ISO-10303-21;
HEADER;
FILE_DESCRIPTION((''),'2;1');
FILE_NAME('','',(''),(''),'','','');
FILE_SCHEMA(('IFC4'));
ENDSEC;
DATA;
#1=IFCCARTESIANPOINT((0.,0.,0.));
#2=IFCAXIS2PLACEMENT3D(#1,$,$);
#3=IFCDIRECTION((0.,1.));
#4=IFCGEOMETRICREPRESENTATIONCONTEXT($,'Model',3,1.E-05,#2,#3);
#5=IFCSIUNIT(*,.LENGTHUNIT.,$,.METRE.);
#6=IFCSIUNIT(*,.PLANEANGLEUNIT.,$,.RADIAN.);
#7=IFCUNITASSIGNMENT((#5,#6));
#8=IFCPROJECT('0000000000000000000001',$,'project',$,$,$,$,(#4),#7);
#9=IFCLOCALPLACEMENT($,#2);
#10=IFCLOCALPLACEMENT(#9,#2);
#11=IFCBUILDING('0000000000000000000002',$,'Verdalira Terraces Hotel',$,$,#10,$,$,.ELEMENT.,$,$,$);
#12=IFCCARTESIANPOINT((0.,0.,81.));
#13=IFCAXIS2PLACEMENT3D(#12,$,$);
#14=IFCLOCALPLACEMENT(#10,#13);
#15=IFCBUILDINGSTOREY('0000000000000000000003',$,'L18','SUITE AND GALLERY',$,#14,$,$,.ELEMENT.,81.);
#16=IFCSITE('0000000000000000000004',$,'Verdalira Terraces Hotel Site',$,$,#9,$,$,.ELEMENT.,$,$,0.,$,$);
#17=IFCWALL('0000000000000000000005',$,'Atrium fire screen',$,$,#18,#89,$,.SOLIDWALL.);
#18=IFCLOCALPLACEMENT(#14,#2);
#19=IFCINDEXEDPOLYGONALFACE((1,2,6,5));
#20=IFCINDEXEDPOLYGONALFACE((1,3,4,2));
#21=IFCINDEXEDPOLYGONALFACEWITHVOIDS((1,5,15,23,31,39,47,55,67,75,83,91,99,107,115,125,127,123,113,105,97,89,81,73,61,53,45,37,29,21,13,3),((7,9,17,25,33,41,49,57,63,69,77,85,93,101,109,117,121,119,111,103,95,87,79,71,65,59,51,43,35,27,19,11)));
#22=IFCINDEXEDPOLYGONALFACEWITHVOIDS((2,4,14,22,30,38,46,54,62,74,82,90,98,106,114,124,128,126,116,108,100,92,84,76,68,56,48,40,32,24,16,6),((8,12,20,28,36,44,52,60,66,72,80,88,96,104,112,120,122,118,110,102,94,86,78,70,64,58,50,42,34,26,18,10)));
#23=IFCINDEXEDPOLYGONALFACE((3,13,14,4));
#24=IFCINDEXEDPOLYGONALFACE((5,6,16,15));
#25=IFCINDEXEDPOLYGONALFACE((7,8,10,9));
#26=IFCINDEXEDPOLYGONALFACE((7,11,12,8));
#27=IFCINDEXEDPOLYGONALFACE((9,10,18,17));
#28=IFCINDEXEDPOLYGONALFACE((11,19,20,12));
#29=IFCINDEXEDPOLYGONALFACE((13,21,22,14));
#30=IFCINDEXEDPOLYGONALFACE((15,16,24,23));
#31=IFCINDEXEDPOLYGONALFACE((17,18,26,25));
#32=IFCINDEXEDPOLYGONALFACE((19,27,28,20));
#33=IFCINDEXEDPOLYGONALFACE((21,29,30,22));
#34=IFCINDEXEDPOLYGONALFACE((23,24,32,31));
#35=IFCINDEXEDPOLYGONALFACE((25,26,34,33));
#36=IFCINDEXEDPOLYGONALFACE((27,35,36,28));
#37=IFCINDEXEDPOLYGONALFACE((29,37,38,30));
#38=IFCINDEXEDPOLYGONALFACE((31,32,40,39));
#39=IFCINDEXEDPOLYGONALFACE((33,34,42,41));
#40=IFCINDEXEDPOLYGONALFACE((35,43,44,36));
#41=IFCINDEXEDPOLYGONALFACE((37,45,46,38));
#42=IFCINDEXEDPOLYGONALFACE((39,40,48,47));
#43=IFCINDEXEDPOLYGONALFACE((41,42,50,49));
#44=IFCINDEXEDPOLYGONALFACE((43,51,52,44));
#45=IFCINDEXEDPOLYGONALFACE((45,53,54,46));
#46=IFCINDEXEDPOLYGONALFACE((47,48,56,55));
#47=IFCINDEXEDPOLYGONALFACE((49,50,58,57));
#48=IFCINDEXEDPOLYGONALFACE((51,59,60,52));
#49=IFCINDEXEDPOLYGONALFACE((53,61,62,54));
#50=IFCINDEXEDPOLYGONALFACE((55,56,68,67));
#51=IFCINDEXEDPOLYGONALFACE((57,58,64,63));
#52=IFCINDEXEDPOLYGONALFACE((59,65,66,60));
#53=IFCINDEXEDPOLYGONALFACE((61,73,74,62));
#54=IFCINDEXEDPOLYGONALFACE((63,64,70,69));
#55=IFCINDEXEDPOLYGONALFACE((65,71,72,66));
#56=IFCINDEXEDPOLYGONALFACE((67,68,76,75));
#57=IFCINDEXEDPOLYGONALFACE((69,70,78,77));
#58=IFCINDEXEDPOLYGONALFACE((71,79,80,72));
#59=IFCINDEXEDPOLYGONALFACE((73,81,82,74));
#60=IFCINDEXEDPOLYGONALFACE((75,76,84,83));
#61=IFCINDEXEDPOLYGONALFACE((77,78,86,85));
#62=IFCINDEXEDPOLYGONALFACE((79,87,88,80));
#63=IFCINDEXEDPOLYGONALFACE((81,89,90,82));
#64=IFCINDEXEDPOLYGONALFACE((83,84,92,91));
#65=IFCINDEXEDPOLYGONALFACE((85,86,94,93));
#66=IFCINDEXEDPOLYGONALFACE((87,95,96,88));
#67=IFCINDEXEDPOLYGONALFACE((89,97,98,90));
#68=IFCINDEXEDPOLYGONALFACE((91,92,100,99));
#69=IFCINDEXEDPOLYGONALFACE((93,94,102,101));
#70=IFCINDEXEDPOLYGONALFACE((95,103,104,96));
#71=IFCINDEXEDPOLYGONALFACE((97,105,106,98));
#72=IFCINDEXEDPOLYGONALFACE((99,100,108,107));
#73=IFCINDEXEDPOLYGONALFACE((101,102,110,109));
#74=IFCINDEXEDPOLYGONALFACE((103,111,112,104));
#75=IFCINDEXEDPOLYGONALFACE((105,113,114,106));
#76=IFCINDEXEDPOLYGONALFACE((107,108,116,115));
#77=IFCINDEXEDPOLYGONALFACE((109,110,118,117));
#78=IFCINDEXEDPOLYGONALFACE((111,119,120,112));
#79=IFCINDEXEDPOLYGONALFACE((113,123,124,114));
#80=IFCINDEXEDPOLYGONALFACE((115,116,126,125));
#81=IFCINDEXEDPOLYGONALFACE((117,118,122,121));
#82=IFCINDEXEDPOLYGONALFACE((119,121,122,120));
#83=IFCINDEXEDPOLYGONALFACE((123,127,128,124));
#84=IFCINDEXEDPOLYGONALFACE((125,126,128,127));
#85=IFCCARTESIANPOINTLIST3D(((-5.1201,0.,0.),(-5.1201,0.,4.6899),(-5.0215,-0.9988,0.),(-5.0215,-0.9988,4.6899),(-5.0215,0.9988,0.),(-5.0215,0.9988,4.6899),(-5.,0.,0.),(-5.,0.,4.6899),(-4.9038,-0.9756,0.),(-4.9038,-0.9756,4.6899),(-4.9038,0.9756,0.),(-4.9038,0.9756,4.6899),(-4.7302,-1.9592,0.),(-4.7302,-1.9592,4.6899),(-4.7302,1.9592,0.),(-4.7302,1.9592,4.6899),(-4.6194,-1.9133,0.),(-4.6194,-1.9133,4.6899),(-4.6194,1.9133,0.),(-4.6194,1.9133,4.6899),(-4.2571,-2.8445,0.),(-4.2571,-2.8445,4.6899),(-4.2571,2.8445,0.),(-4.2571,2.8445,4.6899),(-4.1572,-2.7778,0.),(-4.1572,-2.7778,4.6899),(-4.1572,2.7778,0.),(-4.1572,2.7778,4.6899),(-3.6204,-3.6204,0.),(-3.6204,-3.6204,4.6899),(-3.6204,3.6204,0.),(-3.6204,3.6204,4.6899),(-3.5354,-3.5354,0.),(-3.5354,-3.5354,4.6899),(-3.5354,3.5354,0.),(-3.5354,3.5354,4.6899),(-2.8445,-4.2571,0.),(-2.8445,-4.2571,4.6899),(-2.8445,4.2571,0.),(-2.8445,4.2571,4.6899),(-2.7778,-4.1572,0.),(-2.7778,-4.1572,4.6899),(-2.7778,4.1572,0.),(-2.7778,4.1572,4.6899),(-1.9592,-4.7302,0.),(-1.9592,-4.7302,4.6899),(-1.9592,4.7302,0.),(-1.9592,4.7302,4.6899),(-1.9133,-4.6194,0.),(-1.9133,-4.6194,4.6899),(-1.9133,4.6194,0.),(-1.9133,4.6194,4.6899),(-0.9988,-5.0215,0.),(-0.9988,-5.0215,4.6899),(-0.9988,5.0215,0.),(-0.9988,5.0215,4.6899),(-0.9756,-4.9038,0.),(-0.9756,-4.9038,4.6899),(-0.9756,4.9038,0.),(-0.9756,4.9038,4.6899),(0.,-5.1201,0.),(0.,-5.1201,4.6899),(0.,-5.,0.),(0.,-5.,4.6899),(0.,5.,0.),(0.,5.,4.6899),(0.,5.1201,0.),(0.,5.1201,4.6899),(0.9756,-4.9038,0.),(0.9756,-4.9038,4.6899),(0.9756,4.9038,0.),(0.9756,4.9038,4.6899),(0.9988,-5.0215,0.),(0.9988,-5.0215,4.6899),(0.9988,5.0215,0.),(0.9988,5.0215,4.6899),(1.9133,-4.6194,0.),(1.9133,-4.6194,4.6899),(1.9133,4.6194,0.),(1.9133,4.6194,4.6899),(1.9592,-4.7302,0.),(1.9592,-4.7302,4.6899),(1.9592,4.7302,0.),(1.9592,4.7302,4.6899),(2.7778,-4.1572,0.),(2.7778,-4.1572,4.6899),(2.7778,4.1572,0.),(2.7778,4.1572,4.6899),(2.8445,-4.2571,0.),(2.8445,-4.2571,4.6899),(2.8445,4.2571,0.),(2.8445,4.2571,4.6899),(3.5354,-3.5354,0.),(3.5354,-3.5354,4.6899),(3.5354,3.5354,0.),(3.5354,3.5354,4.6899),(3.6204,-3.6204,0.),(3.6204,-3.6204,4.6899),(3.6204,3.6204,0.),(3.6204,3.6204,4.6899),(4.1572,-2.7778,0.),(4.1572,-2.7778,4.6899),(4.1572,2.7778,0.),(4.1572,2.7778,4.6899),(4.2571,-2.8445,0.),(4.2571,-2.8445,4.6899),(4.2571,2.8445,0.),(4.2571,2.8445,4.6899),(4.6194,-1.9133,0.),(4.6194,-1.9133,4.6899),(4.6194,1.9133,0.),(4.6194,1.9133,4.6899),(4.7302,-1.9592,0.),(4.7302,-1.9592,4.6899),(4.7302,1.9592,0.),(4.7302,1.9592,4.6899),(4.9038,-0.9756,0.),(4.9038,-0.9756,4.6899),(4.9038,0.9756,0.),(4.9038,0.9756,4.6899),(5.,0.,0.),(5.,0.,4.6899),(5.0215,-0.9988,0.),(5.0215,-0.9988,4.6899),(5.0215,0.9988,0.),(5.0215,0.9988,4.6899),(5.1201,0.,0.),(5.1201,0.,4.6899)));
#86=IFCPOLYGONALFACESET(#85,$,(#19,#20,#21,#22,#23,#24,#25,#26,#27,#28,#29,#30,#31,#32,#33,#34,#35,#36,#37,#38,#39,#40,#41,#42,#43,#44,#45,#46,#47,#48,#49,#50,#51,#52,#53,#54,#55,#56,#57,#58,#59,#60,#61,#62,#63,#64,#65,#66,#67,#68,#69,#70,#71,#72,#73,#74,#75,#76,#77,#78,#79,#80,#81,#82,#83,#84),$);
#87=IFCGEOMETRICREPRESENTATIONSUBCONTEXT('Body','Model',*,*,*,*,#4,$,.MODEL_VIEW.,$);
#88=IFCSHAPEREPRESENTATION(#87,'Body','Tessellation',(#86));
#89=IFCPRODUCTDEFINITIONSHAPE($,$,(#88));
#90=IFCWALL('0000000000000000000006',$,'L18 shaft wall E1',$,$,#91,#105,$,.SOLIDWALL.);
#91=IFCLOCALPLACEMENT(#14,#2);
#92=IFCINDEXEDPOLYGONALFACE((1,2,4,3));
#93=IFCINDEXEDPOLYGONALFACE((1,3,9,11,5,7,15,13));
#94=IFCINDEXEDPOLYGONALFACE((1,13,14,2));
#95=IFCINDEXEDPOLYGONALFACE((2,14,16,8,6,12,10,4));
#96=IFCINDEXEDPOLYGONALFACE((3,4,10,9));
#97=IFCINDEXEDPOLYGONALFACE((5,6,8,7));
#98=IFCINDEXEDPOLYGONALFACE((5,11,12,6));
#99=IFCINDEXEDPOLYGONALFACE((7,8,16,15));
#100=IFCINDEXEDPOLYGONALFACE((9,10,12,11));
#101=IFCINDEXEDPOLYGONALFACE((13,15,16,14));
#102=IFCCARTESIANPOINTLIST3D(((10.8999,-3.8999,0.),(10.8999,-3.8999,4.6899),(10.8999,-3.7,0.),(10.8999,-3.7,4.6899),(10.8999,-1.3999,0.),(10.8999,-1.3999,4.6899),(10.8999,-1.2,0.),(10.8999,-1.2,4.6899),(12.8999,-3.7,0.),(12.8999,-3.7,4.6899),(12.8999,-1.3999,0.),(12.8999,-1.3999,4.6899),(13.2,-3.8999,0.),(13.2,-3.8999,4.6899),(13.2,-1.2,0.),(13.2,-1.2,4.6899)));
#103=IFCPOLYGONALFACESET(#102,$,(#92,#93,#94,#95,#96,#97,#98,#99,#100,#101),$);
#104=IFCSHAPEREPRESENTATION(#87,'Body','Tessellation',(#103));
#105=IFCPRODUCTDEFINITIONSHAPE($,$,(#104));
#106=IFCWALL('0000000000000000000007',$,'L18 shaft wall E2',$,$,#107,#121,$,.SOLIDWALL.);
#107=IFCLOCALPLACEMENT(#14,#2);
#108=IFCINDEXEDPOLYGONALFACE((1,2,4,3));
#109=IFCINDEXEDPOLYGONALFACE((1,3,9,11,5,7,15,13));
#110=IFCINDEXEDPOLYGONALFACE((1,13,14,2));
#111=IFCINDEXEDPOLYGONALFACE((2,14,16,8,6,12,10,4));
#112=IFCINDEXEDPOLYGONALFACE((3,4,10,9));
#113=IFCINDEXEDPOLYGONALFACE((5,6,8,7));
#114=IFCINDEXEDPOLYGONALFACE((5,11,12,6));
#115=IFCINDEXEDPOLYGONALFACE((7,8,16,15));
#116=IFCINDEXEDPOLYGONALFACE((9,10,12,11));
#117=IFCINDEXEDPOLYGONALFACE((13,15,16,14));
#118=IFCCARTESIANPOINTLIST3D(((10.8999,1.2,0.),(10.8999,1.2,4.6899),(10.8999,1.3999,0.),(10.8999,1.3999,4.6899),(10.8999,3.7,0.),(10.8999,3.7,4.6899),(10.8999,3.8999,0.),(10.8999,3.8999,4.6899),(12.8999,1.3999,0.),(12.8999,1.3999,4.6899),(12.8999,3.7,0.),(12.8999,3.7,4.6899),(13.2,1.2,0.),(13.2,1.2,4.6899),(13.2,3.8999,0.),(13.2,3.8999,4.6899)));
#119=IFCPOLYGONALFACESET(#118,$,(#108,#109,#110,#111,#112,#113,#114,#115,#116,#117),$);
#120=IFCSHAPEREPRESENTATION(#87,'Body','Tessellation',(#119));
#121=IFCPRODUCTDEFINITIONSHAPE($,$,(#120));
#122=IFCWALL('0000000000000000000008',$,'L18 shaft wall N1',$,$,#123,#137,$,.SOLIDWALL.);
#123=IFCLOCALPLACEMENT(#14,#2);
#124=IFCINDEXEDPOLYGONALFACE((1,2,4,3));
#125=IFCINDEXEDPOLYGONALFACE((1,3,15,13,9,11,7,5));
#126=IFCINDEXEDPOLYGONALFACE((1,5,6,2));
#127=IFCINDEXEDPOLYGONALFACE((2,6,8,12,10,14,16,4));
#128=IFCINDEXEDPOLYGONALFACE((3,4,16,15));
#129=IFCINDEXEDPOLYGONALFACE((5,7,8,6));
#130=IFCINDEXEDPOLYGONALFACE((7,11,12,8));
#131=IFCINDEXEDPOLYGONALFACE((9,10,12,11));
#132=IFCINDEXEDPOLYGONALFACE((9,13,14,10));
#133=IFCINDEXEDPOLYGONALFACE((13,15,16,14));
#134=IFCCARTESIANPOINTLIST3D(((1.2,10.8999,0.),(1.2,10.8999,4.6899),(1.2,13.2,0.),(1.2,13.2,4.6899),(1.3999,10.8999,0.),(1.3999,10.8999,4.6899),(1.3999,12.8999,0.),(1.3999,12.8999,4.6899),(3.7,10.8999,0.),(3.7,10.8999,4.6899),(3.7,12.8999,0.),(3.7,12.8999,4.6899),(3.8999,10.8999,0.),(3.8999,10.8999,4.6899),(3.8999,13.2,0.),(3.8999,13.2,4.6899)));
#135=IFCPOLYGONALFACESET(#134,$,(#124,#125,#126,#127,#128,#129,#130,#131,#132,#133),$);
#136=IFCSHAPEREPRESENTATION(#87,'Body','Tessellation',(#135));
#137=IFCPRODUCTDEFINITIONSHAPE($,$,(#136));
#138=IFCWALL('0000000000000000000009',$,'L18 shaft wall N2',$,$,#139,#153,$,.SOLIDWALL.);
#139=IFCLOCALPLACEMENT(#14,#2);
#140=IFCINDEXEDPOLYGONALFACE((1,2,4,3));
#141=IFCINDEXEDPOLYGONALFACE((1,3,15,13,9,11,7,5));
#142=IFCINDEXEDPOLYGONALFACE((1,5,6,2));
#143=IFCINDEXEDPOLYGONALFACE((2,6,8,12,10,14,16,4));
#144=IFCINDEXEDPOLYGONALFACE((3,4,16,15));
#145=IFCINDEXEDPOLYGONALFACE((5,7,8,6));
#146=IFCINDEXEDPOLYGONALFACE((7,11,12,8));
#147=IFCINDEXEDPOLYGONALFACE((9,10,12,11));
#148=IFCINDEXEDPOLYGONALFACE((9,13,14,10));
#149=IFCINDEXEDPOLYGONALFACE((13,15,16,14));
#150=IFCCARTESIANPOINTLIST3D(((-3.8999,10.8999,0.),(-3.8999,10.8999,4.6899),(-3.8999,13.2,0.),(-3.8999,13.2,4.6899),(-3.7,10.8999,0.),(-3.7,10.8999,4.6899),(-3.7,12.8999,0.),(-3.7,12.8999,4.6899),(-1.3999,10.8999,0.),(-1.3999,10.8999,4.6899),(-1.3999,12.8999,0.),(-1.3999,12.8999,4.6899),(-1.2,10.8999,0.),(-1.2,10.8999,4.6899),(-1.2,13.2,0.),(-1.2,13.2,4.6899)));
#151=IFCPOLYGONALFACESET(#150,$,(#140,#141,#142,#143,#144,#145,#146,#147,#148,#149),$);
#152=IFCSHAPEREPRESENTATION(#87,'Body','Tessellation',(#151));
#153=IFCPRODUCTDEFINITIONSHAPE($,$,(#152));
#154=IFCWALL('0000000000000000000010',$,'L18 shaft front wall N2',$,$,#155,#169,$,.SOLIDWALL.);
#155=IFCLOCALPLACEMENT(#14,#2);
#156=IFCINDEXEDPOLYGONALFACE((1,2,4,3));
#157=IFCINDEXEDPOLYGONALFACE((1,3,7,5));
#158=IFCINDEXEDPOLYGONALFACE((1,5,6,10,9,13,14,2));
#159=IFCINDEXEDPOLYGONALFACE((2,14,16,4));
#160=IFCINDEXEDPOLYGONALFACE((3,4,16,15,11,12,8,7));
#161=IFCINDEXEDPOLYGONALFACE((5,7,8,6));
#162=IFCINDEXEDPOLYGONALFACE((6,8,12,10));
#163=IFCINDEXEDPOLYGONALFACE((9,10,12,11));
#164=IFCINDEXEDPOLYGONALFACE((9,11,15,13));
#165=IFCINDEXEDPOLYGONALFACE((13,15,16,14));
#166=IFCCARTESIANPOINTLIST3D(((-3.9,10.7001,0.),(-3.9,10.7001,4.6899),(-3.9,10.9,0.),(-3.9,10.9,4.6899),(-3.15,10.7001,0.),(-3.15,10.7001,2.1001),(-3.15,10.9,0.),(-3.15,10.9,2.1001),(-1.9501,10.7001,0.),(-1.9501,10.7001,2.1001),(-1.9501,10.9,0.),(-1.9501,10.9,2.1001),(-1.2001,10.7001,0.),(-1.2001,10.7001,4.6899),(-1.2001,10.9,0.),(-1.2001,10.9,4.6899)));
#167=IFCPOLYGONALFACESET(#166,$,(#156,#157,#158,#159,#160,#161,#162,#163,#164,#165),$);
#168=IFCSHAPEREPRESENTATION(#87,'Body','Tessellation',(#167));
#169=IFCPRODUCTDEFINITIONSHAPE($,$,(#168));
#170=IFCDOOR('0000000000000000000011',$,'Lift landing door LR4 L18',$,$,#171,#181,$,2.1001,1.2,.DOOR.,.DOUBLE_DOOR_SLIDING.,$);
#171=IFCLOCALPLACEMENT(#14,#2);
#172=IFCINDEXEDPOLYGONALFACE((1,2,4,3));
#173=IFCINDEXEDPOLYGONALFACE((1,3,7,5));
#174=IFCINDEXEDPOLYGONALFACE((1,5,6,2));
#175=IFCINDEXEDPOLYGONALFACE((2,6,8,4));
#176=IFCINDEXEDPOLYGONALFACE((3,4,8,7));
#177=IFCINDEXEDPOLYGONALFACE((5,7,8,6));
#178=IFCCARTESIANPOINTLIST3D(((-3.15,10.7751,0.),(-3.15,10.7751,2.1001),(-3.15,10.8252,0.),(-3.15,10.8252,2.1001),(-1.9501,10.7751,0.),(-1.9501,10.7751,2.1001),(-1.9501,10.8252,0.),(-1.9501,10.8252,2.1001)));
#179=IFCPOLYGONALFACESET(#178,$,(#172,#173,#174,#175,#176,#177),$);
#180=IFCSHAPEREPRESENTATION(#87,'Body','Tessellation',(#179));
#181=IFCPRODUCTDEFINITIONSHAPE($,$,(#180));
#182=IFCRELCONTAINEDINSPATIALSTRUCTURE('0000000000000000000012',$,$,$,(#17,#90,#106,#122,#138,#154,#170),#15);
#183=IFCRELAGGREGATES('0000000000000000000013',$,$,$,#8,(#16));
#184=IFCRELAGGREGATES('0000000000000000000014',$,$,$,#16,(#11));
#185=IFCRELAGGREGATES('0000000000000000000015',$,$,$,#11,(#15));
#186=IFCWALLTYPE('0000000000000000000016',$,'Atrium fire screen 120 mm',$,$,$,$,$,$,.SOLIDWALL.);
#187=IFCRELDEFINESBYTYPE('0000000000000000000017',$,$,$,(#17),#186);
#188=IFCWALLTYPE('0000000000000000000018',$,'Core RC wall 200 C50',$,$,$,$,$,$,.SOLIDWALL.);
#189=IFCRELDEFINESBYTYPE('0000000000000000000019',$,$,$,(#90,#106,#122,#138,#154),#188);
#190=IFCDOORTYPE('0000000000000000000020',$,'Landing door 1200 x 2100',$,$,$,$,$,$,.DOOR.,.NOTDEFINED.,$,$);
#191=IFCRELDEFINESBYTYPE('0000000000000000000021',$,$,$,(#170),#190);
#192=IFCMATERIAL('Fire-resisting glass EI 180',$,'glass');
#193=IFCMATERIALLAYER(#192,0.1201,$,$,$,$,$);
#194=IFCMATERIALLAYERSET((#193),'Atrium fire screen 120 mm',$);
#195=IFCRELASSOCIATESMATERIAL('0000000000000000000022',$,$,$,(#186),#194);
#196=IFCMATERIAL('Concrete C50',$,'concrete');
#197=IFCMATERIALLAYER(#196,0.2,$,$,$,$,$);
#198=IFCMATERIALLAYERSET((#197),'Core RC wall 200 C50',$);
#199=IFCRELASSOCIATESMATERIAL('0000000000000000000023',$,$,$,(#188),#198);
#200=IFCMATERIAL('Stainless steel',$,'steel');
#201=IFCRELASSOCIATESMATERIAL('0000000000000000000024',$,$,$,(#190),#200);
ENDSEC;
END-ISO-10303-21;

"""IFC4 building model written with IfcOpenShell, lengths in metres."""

from ifc_helpers import new_model, si_unit, direction, frame, frame_2d, origin, place, context, subcontext, project, spatial, polyline, rectangle, outline, extrude, material, layer, layer_set, type_object, element, fill, save


model = new_model("IFC4")

# Units and contexts
model_context = context("Model", 3, precision=1e-05, world=origin(), true_north=direction((0.0, 1.0)))
body_context = subcontext(model_context, "Body", "Model", "MODEL_VIEW")
ifc_project = project(units=[si_unit("LENGTHUNIT", "METRE"), si_unit("PLANEANGLEUNIT", "RADIAN")], contexts=[model_context])

# Site, building, storey
site_placement = place(None, origin())
site = spatial("IfcSite", under=ifc_project, at=site_placement, Name="Verdalira Terraces Hotel Site", CompositionType="ELEMENT", RefElevation=0.0)
building_placement = place(site_placement, origin())
building = spatial("IfcBuilding", under=site, at=building_placement, Name="Verdalira Terraces Hotel", CompositionType="ELEMENT")
storey_placement = place(building_placement, frame((0.0, 0.0, 81.0)))
storey = spatial("IfcBuildingStorey", under=building, at=storey_placement, Name="L18", Description="SUITE AND GALLERY", CompositionType="ELEMENT", Elevation=81.0)

# Walls
ifc_material_1 = material(Name="Fire-resisting glass EI 180", Category="glass")
ifc_layer_1 = layer(ifc_material_1, 0.1201)
ifc_layer_set_1 = layer_set([ifc_layer_1], Name="Atrium fire screen 120 mm")
wall_type_1 = type_object("IfcWallType", Name="Atrium fire screen 120 mm", PredefinedType="SOLIDWALL", material=ifc_layer_set_1)
wall_1_placement = place(storey_placement, origin())
element("IfcWall", 1, at=wall_1_placement, inside=storey, type_object=wall_type_1, Name="Atrium fire screen", PredefinedType="SOLIDWALL", context=body_context, shape_type="SweptSolid", body=[
    extrude(outline(polyline([(5.0215, -0.9988), (4.7302, -1.9592), (4.2571, -2.8445), (3.6204, -3.6204), (2.8445, -4.2571), (1.9592, -4.7302), (0.9988, -5.0215), (0.0, -5.1201), (-0.9988, -5.0215), (-1.9592, -4.7302), (-2.8445, -4.2571), (-3.6204, -3.6204), (-4.2571, -2.8445), (-4.7302, -1.9592), (-5.0215, -0.9988), (-5.1201, 0.0), (-5.0215, 0.9988), (-4.7302, 1.9592), (-4.2571, 2.8445), (-3.6204, 3.6204), (-2.8445, 4.2571), (-1.9592, 4.7302), (-0.9988, 5.0215), (0.0, 5.1201), (0.9988, 5.0215), (1.9592, 4.7302), (2.8445, 4.2571), (3.6204, 3.6204), (4.2571, 2.8445), (4.7302, 1.9592), (5.0215, 0.9988), (5.1201, 0.0), (5.0215, -0.9988)]), holes=[polyline([(4.9038, 0.9756), (4.6194, 1.9133), (4.1572, 2.7778), (3.5354, 3.5354), (2.7778, 4.1572), (1.9133, 4.6194), (0.9756, 4.9038), (0.0, 5.0), (-0.9756, 4.9038), (-1.9133, 4.6194), (-2.7778, 4.1572), (-3.5354, 3.5354), (-4.1572, 2.7778), (-4.6194, 1.9133), (-4.9038, 0.9756), (-5.0, 0.0), (-4.9038, -0.9756), (-4.6194, -1.9133), (-4.1572, -2.7778), (-3.5354, -3.5354), (-2.7778, -4.1572), (-1.9133, -4.6194), (-0.9756, -4.9038), (0.0, -5.0), (0.9756, -4.9038), (1.9133, -4.6194), (2.7778, -4.1572), (3.5354, -3.5354), (4.1572, -2.7778), (4.6194, -1.9133), (4.9038, -0.9756), (5.0, 0.0), (4.9038, 0.9756)])]), origin(), (0.0, 0.0, 1.0), 4.6899),
])
ifc_material_2 = material(Name="Concrete C50", Category="concrete")
ifc_layer_2 = layer(ifc_material_2, 0.2)
ifc_layer_set_2 = layer_set([ifc_layer_2], Name="Core RC wall 200 C50")
wall_type_2 = type_object("IfcWallType", Name="Core RC wall 200 C50", PredefinedType="SOLIDWALL", material=ifc_layer_set_2)
wall_2_placement = place(storey_placement, origin())
element("IfcWall", 2, at=wall_2_placement, inside=storey, type_object=wall_type_2, Name="L18 shaft wall E1", PredefinedType="SOLIDWALL", context=body_context, shape_type="SweptSolid", body=[
    extrude(outline(polyline([(13.2, -3.8999), (10.8999, -3.8999), (10.8999, -3.7), (12.8999, -3.7), (12.8999, -1.3999), (10.8999, -1.3999), (10.8999, -1.2), (13.2, -1.2), (13.2, -3.8999)])), origin(), (0.0, 0.0, 1.0), 4.6899),
])
wall_3_placement = place(storey_placement, origin())
element("IfcWall", 3, at=wall_3_placement, inside=storey, type_object=wall_type_2, Name="L18 shaft wall E2", PredefinedType="SOLIDWALL", context=body_context, shape_type="SweptSolid", body=[
    extrude(outline(polyline([(13.2, 3.8999), (13.2, 1.2), (10.8999, 1.2), (10.8999, 1.3999), (12.8999, 1.3999), (12.8999, 3.7), (10.8999, 3.7), (10.8999, 3.8999), (13.2, 3.8999)])), origin(), (0.0, 0.0, 1.0), 4.6899),
])
wall_4_placement = place(storey_placement, origin())
element("IfcWall", 4, at=wall_4_placement, inside=storey, type_object=wall_type_2, Name="L18 shaft wall N1", PredefinedType="SOLIDWALL", context=body_context, shape_type="SweptSolid", body=[
    extrude(outline(polyline([(3.8999, 13.2), (3.8999, 10.8999), (3.7, 10.8999), (3.7, 12.8999), (1.3999, 12.8999), (1.3999, 10.8999), (1.2, 10.8999), (1.2, 13.2), (3.8999, 13.2)])), origin(), (0.0, 0.0, 1.0), 4.6899),
])
wall_5_placement = place(storey_placement, origin())
element("IfcWall", 5, at=wall_5_placement, inside=storey, type_object=wall_type_2, Name="L18 shaft wall N2", PredefinedType="SOLIDWALL", context=body_context, shape_type="SweptSolid", body=[
    extrude(outline(polyline([(-3.8999, 10.8999), (-3.8999, 13.2), (-1.2, 13.2), (-1.2, 10.8999), (-1.3999, 10.8999), (-1.3999, 12.8999), (-3.7, 12.8999), (-3.7, 10.8999), (-3.8999, 10.8999)])), origin(), (0.0, 0.0, 1.0), 4.6899),
])

# Wall, opening, door
wall_6_placement = place(storey_placement, frame((-1.2, 10.8, 0.0), z_axis=(0.0, 0.0, 1.0), x_axis=(-1.0, 0.0, 0.0)))
wall_6 = element("IfcWall", 6, at=wall_6_placement, inside=storey, type_object=wall_type_2, Name="L18 shaft front wall N2", PredefinedType="SOLIDWALL", context=body_context, shape_type="SweptSolid", body=[
    extrude(rectangle(XDim=2.7, YDim=0.2, at=frame_2d((1.3501, 0.0))), origin(), (0.0, 0.0, 1.0), 4.6899),
])
opening_placement = place(wall_6_placement, frame((0.75, 0.0, 0.0)))
opening = element("IfcOpeningElement", 7, at=opening_placement, cuts=wall_6, PredefinedType="OPENING", context=body_context, shape_type="SweptSolid", body=[
    extrude(rectangle(XDim=1.2, YDim=2.1001, at=frame_2d((0.6001, 1.05))), frame((0.0, 0.1099, 0.0), z_axis=(0.0, -1.0, 0.0), x_axis=(1.0, 0.0, 0.0)), (0.0, 0.0, 1.0), 0.22),
])
ifc_material_3 = material(Name="Stainless steel", Category="steel")
door_type = type_object("IfcDoorType", Name="Landing door 1200 x 2100", OperationType="NOTDEFINED", PredefinedType="DOOR", material=ifc_material_3)
door_placement = place(opening_placement, origin())
door = element("IfcDoor", 8, at=door_placement, inside=storey, type_object=door_type, Name="Lift landing door LR4 L18", OperationType="DOUBLE_DOOR_SLIDING", OverallHeight=2.1001, OverallWidth=1.2, PredefinedType="DOOR", context=body_context, shape_type="SweptSolid", body=[
    extrude(rectangle(XDim=1.2, YDim=2.1001, at=frame_2d((0.6001, 1.05))), frame((0.0, 0.0249, 0.0), z_axis=(0.0, -1.0, 0.0), x_axis=(1.0, 0.0, 0.0)), (0.0, 0.0, 1.0), 0.05),
])
fill(opening, door)

save(model, "model.ifc")
